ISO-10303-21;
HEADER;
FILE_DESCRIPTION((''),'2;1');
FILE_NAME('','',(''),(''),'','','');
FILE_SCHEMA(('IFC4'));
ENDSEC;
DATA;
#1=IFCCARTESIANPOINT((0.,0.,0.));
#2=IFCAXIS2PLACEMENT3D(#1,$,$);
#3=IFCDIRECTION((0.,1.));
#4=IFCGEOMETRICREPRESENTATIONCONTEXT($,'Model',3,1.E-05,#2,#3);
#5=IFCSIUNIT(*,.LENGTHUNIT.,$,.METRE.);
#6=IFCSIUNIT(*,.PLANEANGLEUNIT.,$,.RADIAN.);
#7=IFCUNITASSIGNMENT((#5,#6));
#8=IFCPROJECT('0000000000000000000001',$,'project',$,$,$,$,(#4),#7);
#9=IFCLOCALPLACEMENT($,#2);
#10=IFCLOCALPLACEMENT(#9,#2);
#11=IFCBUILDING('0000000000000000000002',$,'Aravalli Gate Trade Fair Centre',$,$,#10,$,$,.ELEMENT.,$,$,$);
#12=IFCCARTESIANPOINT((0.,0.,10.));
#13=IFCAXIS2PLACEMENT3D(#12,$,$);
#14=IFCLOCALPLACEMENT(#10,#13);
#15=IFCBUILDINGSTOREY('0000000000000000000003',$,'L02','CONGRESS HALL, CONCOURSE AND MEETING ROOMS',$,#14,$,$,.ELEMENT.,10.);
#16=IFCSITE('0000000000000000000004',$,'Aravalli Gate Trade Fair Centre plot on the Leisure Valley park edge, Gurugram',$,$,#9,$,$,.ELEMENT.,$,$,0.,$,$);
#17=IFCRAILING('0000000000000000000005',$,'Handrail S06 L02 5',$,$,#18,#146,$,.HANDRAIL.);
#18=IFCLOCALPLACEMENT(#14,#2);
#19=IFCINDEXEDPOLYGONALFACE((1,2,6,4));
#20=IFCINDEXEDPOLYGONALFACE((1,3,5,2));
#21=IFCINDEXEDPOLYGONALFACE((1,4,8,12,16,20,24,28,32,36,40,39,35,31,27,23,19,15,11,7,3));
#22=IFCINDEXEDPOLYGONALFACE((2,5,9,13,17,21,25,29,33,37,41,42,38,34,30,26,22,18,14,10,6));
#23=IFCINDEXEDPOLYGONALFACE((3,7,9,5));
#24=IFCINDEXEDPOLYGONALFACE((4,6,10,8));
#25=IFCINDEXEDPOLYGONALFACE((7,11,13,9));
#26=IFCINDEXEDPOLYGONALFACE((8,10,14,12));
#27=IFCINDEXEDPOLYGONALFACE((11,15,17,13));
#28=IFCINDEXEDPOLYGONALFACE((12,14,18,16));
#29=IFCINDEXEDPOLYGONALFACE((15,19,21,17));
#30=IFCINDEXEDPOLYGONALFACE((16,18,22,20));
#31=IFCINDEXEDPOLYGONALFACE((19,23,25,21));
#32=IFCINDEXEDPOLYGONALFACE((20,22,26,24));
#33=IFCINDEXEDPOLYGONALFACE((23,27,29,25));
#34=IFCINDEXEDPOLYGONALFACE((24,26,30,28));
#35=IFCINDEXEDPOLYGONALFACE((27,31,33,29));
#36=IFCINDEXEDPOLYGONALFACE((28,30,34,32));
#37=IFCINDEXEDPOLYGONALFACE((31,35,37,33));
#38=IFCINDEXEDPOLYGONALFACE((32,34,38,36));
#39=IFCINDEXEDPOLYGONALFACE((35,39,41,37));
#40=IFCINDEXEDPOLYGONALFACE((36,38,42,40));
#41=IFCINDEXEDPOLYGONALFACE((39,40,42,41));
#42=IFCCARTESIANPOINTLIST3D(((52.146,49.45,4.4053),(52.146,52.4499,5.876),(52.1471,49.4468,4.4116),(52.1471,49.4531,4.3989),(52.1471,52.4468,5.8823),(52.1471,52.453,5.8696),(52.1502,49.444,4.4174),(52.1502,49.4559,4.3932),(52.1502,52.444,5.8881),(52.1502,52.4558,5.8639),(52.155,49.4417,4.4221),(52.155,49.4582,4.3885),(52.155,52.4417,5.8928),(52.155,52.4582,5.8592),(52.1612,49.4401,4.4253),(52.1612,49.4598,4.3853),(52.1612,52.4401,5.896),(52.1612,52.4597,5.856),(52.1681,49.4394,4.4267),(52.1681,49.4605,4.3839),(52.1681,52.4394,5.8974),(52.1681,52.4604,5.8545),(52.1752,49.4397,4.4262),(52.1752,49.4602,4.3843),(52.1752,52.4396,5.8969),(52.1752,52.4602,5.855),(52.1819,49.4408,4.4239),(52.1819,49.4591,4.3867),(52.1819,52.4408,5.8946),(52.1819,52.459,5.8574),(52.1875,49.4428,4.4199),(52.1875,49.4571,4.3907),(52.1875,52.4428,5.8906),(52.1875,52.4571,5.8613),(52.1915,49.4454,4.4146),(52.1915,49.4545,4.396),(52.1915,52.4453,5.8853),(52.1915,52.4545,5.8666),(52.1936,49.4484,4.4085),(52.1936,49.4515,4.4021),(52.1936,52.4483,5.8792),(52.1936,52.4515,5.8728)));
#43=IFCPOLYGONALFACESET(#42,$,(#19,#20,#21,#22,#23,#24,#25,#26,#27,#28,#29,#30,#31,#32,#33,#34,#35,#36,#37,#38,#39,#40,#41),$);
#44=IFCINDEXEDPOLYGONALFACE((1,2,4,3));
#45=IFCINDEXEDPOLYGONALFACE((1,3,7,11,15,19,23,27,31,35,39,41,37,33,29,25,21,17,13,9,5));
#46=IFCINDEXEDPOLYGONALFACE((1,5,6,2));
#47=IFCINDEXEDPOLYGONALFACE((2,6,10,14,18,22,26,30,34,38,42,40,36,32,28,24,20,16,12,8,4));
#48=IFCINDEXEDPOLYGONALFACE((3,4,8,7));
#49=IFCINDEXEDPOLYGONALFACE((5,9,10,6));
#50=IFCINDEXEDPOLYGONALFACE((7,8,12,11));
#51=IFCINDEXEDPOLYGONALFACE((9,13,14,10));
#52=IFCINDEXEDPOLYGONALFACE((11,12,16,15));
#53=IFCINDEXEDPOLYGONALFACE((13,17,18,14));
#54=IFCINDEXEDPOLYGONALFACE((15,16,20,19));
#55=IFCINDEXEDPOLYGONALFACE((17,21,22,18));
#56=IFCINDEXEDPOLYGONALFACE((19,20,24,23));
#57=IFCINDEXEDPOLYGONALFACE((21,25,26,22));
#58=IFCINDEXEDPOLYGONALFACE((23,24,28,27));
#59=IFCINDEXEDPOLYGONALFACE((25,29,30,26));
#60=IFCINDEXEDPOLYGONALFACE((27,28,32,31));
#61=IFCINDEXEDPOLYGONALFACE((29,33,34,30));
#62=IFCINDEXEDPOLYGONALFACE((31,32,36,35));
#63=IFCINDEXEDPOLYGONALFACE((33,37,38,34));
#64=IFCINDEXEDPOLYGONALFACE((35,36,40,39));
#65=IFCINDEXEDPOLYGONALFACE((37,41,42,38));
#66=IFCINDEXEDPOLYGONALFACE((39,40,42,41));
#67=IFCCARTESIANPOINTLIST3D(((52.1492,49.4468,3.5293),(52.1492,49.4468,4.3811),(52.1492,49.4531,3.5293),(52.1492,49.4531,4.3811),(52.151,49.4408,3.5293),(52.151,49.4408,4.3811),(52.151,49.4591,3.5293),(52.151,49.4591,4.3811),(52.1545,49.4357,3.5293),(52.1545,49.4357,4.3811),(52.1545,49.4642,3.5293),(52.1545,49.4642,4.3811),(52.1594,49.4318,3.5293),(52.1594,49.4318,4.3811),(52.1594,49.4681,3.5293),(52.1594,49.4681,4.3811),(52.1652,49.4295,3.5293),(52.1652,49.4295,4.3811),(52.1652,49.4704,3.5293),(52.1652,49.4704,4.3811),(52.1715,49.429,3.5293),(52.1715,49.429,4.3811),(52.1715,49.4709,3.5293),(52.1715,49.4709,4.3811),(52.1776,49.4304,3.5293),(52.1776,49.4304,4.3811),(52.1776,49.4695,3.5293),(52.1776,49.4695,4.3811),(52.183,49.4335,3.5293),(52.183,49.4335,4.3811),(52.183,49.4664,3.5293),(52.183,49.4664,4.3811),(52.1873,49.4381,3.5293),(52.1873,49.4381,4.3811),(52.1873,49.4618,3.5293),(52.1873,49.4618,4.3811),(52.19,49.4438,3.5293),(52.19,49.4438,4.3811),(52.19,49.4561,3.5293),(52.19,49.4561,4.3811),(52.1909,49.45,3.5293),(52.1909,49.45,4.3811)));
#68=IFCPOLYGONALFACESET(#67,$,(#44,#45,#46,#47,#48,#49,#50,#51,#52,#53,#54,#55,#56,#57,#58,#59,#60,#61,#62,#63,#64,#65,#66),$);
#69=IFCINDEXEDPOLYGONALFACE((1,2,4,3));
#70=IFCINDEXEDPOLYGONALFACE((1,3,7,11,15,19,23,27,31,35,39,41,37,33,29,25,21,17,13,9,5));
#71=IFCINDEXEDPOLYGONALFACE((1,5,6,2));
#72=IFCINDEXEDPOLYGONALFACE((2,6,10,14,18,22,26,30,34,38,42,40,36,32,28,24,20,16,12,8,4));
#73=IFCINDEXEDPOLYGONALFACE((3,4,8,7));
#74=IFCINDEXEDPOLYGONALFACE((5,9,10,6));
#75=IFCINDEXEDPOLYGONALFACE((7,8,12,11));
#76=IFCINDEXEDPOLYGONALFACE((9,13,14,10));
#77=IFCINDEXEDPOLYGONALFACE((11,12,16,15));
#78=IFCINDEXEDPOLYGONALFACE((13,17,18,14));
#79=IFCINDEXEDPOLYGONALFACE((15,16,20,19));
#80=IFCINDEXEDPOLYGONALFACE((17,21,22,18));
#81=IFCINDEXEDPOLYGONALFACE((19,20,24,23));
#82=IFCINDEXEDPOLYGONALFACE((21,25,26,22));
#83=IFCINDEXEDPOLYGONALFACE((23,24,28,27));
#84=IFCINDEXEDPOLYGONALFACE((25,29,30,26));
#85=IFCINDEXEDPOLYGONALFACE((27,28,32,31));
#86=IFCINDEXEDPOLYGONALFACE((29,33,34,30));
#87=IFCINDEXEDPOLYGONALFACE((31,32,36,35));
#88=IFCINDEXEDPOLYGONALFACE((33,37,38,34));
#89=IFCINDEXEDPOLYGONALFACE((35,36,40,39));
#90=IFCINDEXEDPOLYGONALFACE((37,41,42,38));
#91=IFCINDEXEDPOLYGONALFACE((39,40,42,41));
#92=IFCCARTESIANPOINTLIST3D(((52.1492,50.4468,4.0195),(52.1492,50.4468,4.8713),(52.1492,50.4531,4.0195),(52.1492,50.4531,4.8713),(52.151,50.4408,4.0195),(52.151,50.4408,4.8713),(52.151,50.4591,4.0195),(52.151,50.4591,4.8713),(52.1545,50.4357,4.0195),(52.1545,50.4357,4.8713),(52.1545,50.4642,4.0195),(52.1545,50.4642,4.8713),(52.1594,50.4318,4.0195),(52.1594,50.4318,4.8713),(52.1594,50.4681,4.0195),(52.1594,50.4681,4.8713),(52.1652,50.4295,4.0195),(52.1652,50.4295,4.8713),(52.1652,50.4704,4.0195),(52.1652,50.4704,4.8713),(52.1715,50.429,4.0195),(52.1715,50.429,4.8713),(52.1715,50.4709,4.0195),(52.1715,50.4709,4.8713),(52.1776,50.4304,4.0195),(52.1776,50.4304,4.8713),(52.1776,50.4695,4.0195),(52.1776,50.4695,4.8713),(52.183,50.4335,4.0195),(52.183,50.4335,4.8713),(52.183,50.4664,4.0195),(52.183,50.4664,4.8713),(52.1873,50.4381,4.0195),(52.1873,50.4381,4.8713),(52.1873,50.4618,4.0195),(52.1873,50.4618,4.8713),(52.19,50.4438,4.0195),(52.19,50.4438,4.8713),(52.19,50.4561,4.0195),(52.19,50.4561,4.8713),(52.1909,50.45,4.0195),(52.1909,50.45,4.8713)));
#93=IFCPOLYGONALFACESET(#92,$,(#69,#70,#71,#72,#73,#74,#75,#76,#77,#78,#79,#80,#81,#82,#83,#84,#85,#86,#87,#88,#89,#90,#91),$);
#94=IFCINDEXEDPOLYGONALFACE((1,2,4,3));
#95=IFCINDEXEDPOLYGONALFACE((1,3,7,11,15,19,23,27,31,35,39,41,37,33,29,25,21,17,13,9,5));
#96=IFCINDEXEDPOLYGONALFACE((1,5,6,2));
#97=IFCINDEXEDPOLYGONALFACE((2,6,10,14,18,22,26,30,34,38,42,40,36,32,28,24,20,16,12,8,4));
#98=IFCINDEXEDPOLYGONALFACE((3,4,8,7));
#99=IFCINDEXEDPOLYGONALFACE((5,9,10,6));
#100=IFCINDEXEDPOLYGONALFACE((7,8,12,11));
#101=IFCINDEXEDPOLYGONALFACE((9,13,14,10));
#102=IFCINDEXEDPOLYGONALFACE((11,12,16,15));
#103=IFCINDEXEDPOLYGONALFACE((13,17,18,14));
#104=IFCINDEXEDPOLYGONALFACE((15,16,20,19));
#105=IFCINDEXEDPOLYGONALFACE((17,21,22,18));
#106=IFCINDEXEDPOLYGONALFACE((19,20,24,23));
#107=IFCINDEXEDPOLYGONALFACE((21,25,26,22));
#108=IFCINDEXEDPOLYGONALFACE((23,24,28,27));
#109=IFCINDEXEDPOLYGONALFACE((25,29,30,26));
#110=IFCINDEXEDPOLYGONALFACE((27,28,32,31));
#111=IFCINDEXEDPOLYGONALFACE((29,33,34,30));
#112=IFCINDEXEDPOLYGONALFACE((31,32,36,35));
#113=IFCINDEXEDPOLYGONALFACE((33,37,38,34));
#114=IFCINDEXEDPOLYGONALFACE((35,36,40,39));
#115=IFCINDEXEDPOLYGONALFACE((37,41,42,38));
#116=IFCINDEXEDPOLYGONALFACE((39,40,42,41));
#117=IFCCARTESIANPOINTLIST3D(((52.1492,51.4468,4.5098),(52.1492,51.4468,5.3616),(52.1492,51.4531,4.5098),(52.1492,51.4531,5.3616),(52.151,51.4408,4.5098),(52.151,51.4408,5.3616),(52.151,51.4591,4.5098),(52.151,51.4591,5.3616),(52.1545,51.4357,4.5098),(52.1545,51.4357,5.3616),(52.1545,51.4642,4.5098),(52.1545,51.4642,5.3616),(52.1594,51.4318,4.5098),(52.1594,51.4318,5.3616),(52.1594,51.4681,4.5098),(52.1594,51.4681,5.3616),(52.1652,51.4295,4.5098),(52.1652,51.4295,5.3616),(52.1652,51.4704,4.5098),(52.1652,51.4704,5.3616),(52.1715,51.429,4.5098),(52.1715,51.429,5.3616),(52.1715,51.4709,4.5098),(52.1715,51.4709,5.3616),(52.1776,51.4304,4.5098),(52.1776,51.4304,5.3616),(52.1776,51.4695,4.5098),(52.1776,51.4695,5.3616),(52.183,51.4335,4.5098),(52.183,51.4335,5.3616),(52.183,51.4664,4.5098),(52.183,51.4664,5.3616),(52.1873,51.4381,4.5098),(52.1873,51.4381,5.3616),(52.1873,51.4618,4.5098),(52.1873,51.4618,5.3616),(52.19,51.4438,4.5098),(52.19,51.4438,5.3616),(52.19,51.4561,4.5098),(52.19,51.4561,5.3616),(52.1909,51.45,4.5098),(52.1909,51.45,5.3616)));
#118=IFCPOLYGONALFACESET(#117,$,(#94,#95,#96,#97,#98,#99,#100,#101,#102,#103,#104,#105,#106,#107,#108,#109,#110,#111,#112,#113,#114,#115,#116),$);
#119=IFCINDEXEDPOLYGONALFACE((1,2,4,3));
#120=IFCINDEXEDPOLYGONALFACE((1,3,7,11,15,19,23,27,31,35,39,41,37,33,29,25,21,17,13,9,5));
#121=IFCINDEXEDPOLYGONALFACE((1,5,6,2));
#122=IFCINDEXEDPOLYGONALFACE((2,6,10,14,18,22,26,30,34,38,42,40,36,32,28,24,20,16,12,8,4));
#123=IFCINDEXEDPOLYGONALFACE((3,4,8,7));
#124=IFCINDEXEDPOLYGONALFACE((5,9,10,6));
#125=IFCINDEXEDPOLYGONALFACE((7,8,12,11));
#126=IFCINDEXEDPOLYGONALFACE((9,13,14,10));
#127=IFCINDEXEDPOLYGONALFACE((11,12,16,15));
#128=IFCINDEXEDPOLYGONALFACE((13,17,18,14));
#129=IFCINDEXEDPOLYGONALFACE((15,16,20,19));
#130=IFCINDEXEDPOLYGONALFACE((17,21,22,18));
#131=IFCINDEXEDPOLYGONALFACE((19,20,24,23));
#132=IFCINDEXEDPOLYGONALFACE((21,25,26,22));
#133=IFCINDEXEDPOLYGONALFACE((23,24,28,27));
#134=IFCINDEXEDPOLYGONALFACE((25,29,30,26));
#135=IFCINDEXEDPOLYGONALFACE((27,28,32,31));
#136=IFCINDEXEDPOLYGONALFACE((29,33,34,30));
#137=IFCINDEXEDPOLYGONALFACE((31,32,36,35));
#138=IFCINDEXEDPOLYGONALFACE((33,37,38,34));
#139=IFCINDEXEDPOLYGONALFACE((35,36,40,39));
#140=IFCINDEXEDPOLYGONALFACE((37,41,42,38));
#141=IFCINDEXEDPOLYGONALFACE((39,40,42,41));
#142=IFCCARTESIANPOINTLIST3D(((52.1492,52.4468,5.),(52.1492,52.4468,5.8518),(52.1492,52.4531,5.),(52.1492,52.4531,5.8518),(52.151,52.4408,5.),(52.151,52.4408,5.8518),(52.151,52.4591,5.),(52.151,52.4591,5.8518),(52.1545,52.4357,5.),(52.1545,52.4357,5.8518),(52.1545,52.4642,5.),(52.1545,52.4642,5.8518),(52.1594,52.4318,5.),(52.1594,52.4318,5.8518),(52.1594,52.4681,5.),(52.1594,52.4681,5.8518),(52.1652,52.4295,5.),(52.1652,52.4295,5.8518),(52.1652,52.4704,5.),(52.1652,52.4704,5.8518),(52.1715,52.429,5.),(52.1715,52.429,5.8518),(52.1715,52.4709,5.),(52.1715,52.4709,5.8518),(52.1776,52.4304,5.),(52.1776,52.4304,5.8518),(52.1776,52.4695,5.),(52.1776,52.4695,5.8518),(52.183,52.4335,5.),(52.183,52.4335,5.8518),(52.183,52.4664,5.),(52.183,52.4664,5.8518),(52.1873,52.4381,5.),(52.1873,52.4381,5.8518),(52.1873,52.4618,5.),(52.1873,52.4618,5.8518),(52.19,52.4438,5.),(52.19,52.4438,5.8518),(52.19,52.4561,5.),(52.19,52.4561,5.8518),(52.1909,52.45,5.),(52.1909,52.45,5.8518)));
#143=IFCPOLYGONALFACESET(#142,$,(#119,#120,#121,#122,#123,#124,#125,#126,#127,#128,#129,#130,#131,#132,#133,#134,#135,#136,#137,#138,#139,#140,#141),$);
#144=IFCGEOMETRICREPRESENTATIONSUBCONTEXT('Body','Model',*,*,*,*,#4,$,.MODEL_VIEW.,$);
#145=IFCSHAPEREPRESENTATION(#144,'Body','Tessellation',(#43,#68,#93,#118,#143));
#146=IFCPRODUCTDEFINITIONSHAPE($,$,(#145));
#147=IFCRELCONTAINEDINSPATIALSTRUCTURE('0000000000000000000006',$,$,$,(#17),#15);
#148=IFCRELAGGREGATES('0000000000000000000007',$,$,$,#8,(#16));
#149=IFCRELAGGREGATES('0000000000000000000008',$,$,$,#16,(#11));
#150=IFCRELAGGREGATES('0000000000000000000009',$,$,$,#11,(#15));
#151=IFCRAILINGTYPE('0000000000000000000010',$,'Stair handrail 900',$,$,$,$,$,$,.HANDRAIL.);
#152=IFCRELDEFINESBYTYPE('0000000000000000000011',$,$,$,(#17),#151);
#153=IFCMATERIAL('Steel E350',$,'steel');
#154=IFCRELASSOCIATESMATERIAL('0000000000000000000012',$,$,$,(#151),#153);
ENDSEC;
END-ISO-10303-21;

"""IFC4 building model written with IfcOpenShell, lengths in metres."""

from ifc_helpers import new_model, si_unit, direction, frame, origin, origin_2d, place, context, subcontext, project, spatial, circle, extrude, material, type_object, element, save


model = new_model("IFC4")

# Units and contexts
model_context = context("Model", 3, precision=1e-05, world=origin(), true_north=direction((0.0, 1.0)))
body_context = subcontext(model_context, "Body", "Model", "MODEL_VIEW")
ifc_project = project(units=[si_unit("LENGTHUNIT", "METRE"), si_unit("PLANEANGLEUNIT", "RADIAN")], contexts=[model_context])

# Site, building, storey
site_placement = place(None, origin())
site = spatial("IfcSite", under=ifc_project, at=site_placement, Name="Aravalli Gate Trade Fair Centre plot on the Leisure Valley park edge, Gurugram", CompositionType="ELEMENT", RefElevation=0.0)
building_placement = place(site_placement, origin())
building = spatial("IfcBuilding", under=site, at=building_placement, Name="Aravalli Gate Trade Fair Centre", CompositionType="ELEMENT")
storey_placement = place(building_placement, frame((0.0, 0.0, 10.0)))
storey = spatial("IfcBuildingStorey", under=building, at=storey_placement, Name="L02", Description="CONGRESS HALL, CONCOURSE AND MEETING ROOMS", CompositionType="ELEMENT", Elevation=10.0)

# Shared definitions
ifc_material_1 = material(Name="Steel E350", Category="steel")

# Railing
railing_type_1 = type_object("IfcRailingType", Name="Stair handrail 900", PredefinedType="HANDRAIL", material=ifc_material_1)
for number, where, name in (
    (1, (52.1699, 49.45, 3.5293), "Handrail S06 L02 5"),
):
    element("IfcRailing", number, at=place(storey_placement, frame(where)), inside=storey, type_object=railing_type_1, Name=name, PredefinedType="HANDRAIL", context=body_context, shape_type="SweptSolid", body=[
        extrude(circle(Radius=0.0239, at=origin_2d()), frame((0.0, 0.0, 0.876), z_axis=(0.0, 0.897907, 0.440185), x_axis=(-1.0, 0.0, 0.0)), (0.0, 0.0, 1.0), 3.3411),
        extrude(circle(Radius=0.021, at=origin_2d()), origin(), (0.0, 0.0, 1.0), 0.8518),
        extrude(circle(Radius=0.021, at=origin_2d()), frame((0.0, 1.0, 0.4902)), (0.0, 0.0, 1.0), 0.8518),
        extrude(circle(Radius=0.021, at=origin_2d()), frame((0.0, 2.0, 0.9805)), (0.0, 0.0, 1.0), 0.8518),
        extrude(circle(Radius=0.021, at=origin_2d()), frame((0.0, 3.0, 1.4707)), (0.0, 0.0, 1.0), 0.8518),
    ])

save(model, "model.ifc")
